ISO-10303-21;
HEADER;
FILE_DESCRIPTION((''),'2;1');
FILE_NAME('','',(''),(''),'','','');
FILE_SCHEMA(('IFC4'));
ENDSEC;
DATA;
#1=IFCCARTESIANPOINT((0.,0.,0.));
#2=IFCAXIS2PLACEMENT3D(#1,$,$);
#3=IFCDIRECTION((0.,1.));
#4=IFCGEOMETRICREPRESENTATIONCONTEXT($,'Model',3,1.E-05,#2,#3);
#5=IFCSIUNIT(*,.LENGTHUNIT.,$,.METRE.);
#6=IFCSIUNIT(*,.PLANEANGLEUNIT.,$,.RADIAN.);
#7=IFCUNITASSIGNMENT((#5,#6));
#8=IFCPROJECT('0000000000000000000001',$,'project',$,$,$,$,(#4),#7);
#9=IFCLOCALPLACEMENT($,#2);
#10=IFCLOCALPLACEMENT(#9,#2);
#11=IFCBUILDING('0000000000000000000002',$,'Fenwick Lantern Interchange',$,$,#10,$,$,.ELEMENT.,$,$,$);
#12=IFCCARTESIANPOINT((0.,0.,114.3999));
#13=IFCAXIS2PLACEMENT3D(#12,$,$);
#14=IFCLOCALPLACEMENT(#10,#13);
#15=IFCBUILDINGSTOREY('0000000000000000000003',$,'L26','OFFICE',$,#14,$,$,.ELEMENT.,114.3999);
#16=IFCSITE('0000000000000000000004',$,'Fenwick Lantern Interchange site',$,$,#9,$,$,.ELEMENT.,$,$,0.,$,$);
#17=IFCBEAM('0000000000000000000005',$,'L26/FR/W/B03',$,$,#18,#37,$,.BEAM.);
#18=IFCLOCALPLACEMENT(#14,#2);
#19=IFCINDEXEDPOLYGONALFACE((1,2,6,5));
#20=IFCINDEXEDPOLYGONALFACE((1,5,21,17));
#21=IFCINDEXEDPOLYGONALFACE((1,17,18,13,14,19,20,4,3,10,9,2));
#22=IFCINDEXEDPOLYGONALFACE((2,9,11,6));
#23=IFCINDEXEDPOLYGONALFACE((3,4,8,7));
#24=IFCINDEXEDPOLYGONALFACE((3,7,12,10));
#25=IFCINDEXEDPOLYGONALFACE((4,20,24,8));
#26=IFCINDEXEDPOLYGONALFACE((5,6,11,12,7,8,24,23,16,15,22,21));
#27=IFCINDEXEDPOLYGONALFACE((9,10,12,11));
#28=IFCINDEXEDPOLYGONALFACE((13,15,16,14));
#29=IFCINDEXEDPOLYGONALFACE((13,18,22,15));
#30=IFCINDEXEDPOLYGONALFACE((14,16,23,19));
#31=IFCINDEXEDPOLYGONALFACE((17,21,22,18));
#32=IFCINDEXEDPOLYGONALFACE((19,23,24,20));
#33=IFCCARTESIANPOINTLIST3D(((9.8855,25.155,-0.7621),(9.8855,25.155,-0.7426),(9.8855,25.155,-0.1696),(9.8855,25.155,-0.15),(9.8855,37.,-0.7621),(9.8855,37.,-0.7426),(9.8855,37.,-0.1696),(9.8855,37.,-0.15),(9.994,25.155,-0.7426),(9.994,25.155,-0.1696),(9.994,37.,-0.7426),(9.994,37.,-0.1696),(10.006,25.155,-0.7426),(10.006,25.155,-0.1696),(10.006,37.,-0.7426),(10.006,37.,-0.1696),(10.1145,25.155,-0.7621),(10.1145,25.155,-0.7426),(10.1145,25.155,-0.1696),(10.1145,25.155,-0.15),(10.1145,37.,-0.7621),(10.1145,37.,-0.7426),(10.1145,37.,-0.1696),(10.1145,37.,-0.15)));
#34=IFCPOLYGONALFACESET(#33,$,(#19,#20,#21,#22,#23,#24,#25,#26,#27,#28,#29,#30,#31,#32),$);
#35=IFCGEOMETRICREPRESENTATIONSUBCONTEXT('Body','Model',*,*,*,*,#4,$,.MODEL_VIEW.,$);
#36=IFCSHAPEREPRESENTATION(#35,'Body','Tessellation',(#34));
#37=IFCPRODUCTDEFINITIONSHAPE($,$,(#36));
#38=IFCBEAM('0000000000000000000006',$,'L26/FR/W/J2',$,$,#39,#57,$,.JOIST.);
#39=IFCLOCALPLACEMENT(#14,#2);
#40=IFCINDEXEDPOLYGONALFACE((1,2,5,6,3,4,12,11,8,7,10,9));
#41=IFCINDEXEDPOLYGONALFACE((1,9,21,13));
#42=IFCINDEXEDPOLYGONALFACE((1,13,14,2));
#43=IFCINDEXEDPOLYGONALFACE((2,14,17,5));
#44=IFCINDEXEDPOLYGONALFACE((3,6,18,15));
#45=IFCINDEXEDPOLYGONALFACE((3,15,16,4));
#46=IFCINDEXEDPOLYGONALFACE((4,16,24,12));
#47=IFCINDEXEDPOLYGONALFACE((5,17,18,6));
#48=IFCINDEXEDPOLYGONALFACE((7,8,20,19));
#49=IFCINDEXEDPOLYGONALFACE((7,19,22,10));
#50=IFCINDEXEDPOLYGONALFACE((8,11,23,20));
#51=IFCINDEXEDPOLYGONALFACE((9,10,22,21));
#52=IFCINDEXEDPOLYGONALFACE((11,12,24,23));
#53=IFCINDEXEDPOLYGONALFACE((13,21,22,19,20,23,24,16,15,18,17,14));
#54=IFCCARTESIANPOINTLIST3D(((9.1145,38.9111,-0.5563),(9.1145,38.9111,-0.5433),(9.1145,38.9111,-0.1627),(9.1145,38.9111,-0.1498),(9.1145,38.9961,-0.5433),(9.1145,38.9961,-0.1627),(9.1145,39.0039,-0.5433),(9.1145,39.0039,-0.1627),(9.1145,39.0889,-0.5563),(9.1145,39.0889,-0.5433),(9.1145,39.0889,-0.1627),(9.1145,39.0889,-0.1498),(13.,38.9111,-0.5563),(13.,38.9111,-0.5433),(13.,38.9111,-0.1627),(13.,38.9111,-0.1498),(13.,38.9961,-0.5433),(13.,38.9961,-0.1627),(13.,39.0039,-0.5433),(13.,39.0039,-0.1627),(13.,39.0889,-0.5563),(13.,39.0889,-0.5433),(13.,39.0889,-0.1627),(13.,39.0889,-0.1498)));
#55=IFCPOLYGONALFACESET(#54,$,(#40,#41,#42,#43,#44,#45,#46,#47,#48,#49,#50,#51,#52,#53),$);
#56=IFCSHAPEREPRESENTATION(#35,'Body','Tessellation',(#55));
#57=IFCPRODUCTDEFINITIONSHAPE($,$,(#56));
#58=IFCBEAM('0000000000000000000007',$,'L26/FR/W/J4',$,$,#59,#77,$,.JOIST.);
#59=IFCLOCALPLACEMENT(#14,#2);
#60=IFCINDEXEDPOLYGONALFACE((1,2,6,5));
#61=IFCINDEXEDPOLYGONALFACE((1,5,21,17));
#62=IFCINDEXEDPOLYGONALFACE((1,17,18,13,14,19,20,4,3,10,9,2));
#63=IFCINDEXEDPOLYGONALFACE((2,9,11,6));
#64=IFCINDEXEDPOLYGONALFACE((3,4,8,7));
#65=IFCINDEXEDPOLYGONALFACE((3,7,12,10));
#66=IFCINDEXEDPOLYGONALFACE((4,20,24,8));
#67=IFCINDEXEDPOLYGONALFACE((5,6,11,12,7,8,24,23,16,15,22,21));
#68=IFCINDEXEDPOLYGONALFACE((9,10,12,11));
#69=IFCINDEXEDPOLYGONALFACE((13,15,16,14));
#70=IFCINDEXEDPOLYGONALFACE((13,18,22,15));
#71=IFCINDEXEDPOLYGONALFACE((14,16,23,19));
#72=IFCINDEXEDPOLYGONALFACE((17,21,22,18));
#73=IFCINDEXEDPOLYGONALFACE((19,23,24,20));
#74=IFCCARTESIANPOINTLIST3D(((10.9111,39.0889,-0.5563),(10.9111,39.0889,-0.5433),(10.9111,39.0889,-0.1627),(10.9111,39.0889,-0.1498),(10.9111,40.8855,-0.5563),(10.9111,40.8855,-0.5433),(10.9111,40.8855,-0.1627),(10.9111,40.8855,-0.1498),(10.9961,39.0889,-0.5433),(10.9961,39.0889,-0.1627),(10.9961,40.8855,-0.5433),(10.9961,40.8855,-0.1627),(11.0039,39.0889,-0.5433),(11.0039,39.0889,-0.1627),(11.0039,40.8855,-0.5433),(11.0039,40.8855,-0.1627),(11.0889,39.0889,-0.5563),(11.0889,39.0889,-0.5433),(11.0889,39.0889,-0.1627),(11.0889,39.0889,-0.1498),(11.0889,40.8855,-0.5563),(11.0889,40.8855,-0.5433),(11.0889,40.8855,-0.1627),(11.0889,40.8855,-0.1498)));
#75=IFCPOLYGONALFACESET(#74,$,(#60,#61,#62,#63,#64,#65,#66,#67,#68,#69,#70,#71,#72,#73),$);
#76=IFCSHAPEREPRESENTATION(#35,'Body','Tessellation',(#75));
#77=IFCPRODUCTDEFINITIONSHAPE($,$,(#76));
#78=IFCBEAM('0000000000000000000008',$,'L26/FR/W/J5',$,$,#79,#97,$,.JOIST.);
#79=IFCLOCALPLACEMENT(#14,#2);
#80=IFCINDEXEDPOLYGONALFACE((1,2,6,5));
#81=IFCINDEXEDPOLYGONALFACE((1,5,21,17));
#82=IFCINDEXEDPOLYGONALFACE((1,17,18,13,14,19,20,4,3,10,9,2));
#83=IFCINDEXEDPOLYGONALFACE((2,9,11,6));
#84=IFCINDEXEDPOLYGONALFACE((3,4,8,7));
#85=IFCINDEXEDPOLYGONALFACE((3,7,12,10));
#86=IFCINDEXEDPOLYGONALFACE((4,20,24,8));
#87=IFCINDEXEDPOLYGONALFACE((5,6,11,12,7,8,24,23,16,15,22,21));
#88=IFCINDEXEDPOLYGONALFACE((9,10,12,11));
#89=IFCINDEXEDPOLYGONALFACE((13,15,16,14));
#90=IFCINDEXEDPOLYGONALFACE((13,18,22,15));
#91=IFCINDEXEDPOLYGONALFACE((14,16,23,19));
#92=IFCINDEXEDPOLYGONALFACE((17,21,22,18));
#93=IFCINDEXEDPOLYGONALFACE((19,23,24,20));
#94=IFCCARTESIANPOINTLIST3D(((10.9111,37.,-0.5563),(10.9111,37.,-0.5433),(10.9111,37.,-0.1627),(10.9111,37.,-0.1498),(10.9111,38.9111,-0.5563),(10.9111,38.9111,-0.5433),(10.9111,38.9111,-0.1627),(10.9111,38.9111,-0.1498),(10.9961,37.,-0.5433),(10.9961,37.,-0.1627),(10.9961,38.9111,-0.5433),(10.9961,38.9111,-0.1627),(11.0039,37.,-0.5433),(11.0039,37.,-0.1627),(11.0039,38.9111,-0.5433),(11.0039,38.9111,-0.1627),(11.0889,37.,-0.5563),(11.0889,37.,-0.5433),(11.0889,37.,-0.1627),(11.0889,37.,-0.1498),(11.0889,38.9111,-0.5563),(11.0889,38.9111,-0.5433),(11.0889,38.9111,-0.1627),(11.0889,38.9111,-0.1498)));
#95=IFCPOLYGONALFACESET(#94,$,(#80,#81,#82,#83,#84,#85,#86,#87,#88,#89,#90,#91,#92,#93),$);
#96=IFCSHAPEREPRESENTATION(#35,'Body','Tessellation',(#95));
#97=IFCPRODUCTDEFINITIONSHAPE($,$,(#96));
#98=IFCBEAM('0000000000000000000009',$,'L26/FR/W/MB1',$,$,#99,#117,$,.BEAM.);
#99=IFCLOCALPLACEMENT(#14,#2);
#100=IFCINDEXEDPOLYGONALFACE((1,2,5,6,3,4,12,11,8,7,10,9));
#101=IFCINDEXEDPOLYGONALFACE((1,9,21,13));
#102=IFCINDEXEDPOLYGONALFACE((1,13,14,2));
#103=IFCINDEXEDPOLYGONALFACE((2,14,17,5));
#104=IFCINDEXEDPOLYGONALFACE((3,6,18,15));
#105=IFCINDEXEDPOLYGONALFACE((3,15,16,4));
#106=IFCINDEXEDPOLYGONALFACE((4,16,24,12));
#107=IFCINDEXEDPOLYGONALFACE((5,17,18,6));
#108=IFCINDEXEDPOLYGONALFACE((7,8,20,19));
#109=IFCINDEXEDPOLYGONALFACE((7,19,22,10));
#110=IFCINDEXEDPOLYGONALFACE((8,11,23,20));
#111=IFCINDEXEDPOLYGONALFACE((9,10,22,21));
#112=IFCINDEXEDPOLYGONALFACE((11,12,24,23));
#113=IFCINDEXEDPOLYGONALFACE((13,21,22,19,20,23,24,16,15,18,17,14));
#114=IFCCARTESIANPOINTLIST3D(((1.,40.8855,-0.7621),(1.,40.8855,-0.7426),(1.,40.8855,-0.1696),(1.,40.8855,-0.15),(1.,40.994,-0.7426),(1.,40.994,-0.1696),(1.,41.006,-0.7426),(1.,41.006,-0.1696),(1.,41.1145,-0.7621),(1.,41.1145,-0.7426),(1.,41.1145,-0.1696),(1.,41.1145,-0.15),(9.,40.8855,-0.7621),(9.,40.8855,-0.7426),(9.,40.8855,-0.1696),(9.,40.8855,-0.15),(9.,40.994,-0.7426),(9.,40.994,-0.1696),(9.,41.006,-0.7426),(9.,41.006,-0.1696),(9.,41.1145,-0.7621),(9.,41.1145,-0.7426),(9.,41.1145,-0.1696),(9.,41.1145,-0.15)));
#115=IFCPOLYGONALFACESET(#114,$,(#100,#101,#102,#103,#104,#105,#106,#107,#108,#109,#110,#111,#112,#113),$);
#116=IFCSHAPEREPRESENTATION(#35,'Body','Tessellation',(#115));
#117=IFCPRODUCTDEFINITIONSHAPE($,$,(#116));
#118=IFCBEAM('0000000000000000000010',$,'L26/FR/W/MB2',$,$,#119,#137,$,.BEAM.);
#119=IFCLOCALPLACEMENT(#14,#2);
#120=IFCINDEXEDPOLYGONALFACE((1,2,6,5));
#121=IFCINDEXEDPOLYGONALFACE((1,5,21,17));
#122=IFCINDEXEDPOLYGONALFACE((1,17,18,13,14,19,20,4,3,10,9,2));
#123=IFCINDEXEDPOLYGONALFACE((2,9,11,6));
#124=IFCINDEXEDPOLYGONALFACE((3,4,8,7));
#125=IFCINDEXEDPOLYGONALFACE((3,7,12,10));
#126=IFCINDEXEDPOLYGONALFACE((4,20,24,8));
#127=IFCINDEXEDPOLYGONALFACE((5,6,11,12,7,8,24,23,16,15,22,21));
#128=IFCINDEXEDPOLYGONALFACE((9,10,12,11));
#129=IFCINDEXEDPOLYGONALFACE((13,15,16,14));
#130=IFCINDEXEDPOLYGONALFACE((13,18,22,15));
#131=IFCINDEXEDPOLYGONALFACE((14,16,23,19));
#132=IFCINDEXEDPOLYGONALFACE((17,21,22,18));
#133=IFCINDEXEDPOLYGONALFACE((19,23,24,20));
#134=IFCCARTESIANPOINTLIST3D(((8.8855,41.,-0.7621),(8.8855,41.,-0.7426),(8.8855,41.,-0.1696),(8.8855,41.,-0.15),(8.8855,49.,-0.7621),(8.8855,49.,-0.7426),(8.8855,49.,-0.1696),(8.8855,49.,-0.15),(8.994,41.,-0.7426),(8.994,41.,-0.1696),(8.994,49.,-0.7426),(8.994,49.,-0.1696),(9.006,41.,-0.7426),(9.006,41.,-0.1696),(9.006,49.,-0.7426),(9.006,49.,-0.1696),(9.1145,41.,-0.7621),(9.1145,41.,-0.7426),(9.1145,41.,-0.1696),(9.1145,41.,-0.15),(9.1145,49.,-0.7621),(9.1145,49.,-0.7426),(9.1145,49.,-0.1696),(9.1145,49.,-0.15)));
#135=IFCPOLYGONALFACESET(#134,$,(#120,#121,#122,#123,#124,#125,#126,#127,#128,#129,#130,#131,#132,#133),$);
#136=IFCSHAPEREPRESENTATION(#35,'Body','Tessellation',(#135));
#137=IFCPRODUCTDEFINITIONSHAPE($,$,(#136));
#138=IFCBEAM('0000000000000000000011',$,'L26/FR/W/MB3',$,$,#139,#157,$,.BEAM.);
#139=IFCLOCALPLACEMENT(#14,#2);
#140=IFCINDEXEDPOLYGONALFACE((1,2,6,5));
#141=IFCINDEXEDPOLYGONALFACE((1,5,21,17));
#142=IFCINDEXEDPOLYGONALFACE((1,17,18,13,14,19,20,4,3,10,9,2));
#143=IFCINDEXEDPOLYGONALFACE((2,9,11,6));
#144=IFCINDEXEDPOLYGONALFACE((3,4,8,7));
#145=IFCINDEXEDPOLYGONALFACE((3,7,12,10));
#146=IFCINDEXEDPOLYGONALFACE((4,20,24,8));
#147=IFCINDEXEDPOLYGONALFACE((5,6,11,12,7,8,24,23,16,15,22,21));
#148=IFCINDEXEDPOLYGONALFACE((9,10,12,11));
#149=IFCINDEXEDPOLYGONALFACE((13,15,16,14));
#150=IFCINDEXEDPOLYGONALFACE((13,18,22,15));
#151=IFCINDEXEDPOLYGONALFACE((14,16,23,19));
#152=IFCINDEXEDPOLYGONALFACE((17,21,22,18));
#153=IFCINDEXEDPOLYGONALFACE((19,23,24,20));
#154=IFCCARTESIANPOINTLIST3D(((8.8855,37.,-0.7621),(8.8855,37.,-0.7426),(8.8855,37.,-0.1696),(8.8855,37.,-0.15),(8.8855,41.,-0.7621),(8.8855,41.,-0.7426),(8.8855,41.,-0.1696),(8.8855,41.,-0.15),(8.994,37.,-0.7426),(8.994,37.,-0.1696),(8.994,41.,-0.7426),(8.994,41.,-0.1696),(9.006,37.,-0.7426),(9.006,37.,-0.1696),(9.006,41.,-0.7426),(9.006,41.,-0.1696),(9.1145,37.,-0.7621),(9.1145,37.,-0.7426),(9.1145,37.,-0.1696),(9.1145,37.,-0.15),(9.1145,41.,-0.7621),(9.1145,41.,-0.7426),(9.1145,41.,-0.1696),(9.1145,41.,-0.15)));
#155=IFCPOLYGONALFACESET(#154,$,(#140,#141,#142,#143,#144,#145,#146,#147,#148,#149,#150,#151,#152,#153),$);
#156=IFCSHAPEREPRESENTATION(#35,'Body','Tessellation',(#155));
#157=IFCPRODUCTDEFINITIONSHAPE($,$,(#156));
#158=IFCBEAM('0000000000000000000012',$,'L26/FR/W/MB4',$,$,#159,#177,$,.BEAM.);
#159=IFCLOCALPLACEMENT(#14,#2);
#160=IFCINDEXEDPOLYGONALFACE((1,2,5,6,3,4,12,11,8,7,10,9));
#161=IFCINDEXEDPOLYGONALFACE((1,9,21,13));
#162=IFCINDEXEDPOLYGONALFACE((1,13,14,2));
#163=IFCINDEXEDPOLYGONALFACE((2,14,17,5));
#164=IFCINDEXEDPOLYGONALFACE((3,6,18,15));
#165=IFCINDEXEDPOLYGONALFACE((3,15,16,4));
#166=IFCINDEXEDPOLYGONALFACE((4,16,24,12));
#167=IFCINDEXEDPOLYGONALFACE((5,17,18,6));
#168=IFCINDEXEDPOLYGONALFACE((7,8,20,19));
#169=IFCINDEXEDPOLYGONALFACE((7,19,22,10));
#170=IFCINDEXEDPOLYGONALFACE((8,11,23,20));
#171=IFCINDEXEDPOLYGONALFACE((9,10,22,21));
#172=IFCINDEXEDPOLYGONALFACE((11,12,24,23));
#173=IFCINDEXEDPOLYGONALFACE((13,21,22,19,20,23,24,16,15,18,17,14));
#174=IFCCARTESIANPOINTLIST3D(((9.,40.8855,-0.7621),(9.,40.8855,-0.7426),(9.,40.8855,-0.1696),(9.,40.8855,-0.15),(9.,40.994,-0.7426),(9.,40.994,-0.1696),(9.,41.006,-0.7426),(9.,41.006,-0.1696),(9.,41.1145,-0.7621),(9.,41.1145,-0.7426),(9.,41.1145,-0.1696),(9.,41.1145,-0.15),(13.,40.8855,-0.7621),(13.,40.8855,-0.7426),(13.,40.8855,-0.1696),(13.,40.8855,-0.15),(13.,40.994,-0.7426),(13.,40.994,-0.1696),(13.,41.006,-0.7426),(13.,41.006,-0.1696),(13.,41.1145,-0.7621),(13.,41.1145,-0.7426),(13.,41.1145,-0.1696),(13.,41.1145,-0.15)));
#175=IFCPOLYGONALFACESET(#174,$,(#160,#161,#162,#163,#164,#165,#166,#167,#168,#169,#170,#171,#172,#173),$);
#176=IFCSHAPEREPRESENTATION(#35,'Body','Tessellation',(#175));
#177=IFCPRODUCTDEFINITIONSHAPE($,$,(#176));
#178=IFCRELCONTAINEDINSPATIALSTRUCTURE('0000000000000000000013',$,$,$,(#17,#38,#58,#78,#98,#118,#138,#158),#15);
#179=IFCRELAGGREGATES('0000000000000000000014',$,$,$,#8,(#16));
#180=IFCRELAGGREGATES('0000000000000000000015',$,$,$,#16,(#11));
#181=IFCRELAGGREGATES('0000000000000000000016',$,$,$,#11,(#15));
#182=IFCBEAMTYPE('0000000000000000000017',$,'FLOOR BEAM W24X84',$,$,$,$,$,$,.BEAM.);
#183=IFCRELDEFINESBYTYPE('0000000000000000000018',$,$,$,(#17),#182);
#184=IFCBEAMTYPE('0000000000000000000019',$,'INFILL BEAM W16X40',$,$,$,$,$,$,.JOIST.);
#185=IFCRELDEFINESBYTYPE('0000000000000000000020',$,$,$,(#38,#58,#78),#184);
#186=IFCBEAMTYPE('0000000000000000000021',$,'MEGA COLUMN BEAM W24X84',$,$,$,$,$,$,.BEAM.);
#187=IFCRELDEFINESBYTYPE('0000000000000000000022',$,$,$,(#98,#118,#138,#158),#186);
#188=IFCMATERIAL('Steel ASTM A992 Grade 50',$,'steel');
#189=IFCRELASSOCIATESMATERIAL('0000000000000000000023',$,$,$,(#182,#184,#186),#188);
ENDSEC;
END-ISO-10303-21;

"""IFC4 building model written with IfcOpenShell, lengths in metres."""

from ifc_helpers import new_model, si_unit, direction, frame, origin, origin_2d, place, context, subcontext, project, spatial, i_section, extrude, material, material_profile, profile_set, type_object, element, save


model = new_model("IFC4")

# Units and contexts
model_context = context("Model", 3, precision=1e-05, world=origin(), true_north=direction((0.0, 1.0)))
body_context = subcontext(model_context, "Body", "Model", "MODEL_VIEW")
ifc_project = project(units=[si_unit("LENGTHUNIT", "METRE"), si_unit("PLANEANGLEUNIT", "RADIAN")], contexts=[model_context])

# Site, building, storey
site_placement = place(None, origin())
site = spatial("IfcSite", under=ifc_project, at=site_placement, Name="Fenwick Lantern Interchange site", CompositionType="ELEMENT", RefElevation=0.0)
building_placement = place(site_placement, origin())
building = spatial("IfcBuilding", under=site, at=building_placement, Name="Fenwick Lantern Interchange", CompositionType="ELEMENT")
storey_placement = place(building_placement, frame((0.0, 0.0, 114.3999)))
storey = spatial("IfcBuildingStorey", under=building, at=storey_placement, Name="L26", Description="OFFICE", CompositionType="ELEMENT", Elevation=114.3999)

# Beams
ifc_material_1 = material(Name="Steel ASTM A992 Grade 50", Category="steel")
ifc_material_profile_1 = material_profile(ifc_material_1, i_section(OverallWidth=0.229, OverallDepth=0.6121, WebThickness=0.012, FlangeThickness=0.0195, at=origin_2d()), Name="W24X84")
ifc_profile_set_1 = profile_set([ifc_material_profile_1], Name="Steel ASTM A992 Grade 50")
beam_type_1 = type_object("IfcBeamType", Name="FLOOR BEAM W24X84", PredefinedType="BEAM", material=ifc_profile_set_1)
beam_1_placement = place(storey_placement, frame((10.0, 37.0, -0.4561), z_axis=(0.0, -1.0, 0.0), x_axis=(1.0, 0.0, 0.0)))
element("IfcBeam", 1, at=beam_1_placement, inside=storey, type_object=beam_type_1, Name="L26/FR/W/B03", PredefinedType="BEAM", context=body_context, shape_type="SweptSolid", body=[
    extrude(i_section(OverallWidth=0.229, OverallDepth=0.6121, WebThickness=0.012, FlangeThickness=0.0195, at=origin_2d()), origin(), (0.0, 0.0, 1.0), 11.845),
])
ifc_material_profile_2 = material_profile(ifc_material_1, i_section(OverallWidth=0.1777, OverallDepth=0.4065, WebThickness=0.0078, FlangeThickness=0.0129, at=origin_2d()), Name="W16X40")
ifc_profile_set_2 = profile_set([ifc_material_profile_2], Name="Steel ASTM A992 Grade 50")
beam_type_2 = type_object("IfcBeamType", Name="INFILL BEAM W16X40", PredefinedType="JOIST", material=ifc_profile_set_2)
beam_2_placement = place(storey_placement, frame((9.1145, 39.0, -0.353), z_axis=(1.0, 0.0, 0.0), x_axis=(0.0, 1.0, 0.0)))
element("IfcBeam", 2, at=beam_2_placement, inside=storey, type_object=beam_type_2, Name="L26/FR/W/J2", PredefinedType="JOIST", context=body_context, shape_type="SweptSolid", body=[
    extrude(i_section(OverallWidth=0.1777, OverallDepth=0.4065, WebThickness=0.0078, FlangeThickness=0.0129, at=origin_2d()), origin(), (0.0, 0.0, 1.0), 3.8855),
])
beam_3_placement = place(storey_placement, frame((11.0, 40.8855, -0.353), z_axis=(0.0, -1.0, 0.0), x_axis=(1.0, 0.0, 0.0)))
element("IfcBeam", 3, at=beam_3_placement, inside=storey, type_object=beam_type_2, Name="L26/FR/W/J4", PredefinedType="JOIST", context=body_context, shape_type="SweptSolid", body=[
    extrude(i_section(OverallWidth=0.1777, OverallDepth=0.4065, WebThickness=0.0078, FlangeThickness=0.0129, at=origin_2d()), origin(), (0.0, 0.0, 1.0), 1.7966),
])
beam_4_placement = place(storey_placement, frame((11.0, 38.9111, -0.353), z_axis=(0.0, -1.0, 0.0), x_axis=(1.0, 0.0, 0.0)))
element("IfcBeam", 4, at=beam_4_placement, inside=storey, type_object=beam_type_2, Name="L26/FR/W/J5", PredefinedType="JOIST", context=body_context, shape_type="SweptSolid", body=[
    extrude(i_section(OverallWidth=0.1777, OverallDepth=0.4065, WebThickness=0.0078, FlangeThickness=0.0129, at=origin_2d()), origin(), (0.0, 0.0, 1.0), 1.9111),
])
ifc_material_profile_3 = material_profile(ifc_material_1, i_section(OverallWidth=0.229, OverallDepth=0.6121, WebThickness=0.012, FlangeThickness=0.0195, at=origin_2d()), Name="W24X84")
ifc_profile_set_3 = profile_set([ifc_material_profile_3], Name="Steel ASTM A992 Grade 50")
beam_type_3 = type_object("IfcBeamType", Name="MEGA COLUMN BEAM W24X84", PredefinedType="BEAM", material=ifc_profile_set_3)
for number, where, z_axis, x_axis, name in (
    (5, (9.0, 41.0, -0.4561), (-1.0, 0.0, 0.0), (0.0, -1.0, 0.0), "L26/FR/W/MB1"),
    (6, (9.0, 41.0, -0.4561), (0.0, 1.0, 0.0), (-1.0, 0.0, 0.0), "L26/FR/W/MB2"),
):
    element("IfcBeam", number, at=place(storey_placement, frame(where, z_axis=z_axis, x_axis=x_axis)), inside=storey, type_object=beam_type_3, Name=name, PredefinedType="BEAM", context=body_context, shape_type="SweptSolid", body=[
        extrude(i_section(OverallWidth=0.229, OverallDepth=0.6121, WebThickness=0.012, FlangeThickness=0.0195, at=origin_2d()), origin(), (0.0, 0.0, 1.0), 8.0),
    ])
for number, where, z_axis, x_axis, name in (
    (7, (9.0, 41.0, -0.4561), (0.0, -1.0, 0.0), (1.0, 0.0, 0.0), "L26/FR/W/MB3"),
    (8, (9.0, 41.0, -0.4561), (1.0, 0.0, 0.0), (0.0, 1.0, 0.0), "L26/FR/W/MB4"),
):
    element("IfcBeam", number, at=place(storey_placement, frame(where, z_axis=z_axis, x_axis=x_axis)), inside=storey, type_object=beam_type_3, Name=name, PredefinedType="BEAM", context=body_context, shape_type="SweptSolid", body=[
        extrude(i_section(OverallWidth=0.229, OverallDepth=0.6121, WebThickness=0.012, FlangeThickness=0.0195, at=origin_2d()), origin(), (0.0, 0.0, 1.0), 4.0),
    ])

save(model, "model.ifc")
